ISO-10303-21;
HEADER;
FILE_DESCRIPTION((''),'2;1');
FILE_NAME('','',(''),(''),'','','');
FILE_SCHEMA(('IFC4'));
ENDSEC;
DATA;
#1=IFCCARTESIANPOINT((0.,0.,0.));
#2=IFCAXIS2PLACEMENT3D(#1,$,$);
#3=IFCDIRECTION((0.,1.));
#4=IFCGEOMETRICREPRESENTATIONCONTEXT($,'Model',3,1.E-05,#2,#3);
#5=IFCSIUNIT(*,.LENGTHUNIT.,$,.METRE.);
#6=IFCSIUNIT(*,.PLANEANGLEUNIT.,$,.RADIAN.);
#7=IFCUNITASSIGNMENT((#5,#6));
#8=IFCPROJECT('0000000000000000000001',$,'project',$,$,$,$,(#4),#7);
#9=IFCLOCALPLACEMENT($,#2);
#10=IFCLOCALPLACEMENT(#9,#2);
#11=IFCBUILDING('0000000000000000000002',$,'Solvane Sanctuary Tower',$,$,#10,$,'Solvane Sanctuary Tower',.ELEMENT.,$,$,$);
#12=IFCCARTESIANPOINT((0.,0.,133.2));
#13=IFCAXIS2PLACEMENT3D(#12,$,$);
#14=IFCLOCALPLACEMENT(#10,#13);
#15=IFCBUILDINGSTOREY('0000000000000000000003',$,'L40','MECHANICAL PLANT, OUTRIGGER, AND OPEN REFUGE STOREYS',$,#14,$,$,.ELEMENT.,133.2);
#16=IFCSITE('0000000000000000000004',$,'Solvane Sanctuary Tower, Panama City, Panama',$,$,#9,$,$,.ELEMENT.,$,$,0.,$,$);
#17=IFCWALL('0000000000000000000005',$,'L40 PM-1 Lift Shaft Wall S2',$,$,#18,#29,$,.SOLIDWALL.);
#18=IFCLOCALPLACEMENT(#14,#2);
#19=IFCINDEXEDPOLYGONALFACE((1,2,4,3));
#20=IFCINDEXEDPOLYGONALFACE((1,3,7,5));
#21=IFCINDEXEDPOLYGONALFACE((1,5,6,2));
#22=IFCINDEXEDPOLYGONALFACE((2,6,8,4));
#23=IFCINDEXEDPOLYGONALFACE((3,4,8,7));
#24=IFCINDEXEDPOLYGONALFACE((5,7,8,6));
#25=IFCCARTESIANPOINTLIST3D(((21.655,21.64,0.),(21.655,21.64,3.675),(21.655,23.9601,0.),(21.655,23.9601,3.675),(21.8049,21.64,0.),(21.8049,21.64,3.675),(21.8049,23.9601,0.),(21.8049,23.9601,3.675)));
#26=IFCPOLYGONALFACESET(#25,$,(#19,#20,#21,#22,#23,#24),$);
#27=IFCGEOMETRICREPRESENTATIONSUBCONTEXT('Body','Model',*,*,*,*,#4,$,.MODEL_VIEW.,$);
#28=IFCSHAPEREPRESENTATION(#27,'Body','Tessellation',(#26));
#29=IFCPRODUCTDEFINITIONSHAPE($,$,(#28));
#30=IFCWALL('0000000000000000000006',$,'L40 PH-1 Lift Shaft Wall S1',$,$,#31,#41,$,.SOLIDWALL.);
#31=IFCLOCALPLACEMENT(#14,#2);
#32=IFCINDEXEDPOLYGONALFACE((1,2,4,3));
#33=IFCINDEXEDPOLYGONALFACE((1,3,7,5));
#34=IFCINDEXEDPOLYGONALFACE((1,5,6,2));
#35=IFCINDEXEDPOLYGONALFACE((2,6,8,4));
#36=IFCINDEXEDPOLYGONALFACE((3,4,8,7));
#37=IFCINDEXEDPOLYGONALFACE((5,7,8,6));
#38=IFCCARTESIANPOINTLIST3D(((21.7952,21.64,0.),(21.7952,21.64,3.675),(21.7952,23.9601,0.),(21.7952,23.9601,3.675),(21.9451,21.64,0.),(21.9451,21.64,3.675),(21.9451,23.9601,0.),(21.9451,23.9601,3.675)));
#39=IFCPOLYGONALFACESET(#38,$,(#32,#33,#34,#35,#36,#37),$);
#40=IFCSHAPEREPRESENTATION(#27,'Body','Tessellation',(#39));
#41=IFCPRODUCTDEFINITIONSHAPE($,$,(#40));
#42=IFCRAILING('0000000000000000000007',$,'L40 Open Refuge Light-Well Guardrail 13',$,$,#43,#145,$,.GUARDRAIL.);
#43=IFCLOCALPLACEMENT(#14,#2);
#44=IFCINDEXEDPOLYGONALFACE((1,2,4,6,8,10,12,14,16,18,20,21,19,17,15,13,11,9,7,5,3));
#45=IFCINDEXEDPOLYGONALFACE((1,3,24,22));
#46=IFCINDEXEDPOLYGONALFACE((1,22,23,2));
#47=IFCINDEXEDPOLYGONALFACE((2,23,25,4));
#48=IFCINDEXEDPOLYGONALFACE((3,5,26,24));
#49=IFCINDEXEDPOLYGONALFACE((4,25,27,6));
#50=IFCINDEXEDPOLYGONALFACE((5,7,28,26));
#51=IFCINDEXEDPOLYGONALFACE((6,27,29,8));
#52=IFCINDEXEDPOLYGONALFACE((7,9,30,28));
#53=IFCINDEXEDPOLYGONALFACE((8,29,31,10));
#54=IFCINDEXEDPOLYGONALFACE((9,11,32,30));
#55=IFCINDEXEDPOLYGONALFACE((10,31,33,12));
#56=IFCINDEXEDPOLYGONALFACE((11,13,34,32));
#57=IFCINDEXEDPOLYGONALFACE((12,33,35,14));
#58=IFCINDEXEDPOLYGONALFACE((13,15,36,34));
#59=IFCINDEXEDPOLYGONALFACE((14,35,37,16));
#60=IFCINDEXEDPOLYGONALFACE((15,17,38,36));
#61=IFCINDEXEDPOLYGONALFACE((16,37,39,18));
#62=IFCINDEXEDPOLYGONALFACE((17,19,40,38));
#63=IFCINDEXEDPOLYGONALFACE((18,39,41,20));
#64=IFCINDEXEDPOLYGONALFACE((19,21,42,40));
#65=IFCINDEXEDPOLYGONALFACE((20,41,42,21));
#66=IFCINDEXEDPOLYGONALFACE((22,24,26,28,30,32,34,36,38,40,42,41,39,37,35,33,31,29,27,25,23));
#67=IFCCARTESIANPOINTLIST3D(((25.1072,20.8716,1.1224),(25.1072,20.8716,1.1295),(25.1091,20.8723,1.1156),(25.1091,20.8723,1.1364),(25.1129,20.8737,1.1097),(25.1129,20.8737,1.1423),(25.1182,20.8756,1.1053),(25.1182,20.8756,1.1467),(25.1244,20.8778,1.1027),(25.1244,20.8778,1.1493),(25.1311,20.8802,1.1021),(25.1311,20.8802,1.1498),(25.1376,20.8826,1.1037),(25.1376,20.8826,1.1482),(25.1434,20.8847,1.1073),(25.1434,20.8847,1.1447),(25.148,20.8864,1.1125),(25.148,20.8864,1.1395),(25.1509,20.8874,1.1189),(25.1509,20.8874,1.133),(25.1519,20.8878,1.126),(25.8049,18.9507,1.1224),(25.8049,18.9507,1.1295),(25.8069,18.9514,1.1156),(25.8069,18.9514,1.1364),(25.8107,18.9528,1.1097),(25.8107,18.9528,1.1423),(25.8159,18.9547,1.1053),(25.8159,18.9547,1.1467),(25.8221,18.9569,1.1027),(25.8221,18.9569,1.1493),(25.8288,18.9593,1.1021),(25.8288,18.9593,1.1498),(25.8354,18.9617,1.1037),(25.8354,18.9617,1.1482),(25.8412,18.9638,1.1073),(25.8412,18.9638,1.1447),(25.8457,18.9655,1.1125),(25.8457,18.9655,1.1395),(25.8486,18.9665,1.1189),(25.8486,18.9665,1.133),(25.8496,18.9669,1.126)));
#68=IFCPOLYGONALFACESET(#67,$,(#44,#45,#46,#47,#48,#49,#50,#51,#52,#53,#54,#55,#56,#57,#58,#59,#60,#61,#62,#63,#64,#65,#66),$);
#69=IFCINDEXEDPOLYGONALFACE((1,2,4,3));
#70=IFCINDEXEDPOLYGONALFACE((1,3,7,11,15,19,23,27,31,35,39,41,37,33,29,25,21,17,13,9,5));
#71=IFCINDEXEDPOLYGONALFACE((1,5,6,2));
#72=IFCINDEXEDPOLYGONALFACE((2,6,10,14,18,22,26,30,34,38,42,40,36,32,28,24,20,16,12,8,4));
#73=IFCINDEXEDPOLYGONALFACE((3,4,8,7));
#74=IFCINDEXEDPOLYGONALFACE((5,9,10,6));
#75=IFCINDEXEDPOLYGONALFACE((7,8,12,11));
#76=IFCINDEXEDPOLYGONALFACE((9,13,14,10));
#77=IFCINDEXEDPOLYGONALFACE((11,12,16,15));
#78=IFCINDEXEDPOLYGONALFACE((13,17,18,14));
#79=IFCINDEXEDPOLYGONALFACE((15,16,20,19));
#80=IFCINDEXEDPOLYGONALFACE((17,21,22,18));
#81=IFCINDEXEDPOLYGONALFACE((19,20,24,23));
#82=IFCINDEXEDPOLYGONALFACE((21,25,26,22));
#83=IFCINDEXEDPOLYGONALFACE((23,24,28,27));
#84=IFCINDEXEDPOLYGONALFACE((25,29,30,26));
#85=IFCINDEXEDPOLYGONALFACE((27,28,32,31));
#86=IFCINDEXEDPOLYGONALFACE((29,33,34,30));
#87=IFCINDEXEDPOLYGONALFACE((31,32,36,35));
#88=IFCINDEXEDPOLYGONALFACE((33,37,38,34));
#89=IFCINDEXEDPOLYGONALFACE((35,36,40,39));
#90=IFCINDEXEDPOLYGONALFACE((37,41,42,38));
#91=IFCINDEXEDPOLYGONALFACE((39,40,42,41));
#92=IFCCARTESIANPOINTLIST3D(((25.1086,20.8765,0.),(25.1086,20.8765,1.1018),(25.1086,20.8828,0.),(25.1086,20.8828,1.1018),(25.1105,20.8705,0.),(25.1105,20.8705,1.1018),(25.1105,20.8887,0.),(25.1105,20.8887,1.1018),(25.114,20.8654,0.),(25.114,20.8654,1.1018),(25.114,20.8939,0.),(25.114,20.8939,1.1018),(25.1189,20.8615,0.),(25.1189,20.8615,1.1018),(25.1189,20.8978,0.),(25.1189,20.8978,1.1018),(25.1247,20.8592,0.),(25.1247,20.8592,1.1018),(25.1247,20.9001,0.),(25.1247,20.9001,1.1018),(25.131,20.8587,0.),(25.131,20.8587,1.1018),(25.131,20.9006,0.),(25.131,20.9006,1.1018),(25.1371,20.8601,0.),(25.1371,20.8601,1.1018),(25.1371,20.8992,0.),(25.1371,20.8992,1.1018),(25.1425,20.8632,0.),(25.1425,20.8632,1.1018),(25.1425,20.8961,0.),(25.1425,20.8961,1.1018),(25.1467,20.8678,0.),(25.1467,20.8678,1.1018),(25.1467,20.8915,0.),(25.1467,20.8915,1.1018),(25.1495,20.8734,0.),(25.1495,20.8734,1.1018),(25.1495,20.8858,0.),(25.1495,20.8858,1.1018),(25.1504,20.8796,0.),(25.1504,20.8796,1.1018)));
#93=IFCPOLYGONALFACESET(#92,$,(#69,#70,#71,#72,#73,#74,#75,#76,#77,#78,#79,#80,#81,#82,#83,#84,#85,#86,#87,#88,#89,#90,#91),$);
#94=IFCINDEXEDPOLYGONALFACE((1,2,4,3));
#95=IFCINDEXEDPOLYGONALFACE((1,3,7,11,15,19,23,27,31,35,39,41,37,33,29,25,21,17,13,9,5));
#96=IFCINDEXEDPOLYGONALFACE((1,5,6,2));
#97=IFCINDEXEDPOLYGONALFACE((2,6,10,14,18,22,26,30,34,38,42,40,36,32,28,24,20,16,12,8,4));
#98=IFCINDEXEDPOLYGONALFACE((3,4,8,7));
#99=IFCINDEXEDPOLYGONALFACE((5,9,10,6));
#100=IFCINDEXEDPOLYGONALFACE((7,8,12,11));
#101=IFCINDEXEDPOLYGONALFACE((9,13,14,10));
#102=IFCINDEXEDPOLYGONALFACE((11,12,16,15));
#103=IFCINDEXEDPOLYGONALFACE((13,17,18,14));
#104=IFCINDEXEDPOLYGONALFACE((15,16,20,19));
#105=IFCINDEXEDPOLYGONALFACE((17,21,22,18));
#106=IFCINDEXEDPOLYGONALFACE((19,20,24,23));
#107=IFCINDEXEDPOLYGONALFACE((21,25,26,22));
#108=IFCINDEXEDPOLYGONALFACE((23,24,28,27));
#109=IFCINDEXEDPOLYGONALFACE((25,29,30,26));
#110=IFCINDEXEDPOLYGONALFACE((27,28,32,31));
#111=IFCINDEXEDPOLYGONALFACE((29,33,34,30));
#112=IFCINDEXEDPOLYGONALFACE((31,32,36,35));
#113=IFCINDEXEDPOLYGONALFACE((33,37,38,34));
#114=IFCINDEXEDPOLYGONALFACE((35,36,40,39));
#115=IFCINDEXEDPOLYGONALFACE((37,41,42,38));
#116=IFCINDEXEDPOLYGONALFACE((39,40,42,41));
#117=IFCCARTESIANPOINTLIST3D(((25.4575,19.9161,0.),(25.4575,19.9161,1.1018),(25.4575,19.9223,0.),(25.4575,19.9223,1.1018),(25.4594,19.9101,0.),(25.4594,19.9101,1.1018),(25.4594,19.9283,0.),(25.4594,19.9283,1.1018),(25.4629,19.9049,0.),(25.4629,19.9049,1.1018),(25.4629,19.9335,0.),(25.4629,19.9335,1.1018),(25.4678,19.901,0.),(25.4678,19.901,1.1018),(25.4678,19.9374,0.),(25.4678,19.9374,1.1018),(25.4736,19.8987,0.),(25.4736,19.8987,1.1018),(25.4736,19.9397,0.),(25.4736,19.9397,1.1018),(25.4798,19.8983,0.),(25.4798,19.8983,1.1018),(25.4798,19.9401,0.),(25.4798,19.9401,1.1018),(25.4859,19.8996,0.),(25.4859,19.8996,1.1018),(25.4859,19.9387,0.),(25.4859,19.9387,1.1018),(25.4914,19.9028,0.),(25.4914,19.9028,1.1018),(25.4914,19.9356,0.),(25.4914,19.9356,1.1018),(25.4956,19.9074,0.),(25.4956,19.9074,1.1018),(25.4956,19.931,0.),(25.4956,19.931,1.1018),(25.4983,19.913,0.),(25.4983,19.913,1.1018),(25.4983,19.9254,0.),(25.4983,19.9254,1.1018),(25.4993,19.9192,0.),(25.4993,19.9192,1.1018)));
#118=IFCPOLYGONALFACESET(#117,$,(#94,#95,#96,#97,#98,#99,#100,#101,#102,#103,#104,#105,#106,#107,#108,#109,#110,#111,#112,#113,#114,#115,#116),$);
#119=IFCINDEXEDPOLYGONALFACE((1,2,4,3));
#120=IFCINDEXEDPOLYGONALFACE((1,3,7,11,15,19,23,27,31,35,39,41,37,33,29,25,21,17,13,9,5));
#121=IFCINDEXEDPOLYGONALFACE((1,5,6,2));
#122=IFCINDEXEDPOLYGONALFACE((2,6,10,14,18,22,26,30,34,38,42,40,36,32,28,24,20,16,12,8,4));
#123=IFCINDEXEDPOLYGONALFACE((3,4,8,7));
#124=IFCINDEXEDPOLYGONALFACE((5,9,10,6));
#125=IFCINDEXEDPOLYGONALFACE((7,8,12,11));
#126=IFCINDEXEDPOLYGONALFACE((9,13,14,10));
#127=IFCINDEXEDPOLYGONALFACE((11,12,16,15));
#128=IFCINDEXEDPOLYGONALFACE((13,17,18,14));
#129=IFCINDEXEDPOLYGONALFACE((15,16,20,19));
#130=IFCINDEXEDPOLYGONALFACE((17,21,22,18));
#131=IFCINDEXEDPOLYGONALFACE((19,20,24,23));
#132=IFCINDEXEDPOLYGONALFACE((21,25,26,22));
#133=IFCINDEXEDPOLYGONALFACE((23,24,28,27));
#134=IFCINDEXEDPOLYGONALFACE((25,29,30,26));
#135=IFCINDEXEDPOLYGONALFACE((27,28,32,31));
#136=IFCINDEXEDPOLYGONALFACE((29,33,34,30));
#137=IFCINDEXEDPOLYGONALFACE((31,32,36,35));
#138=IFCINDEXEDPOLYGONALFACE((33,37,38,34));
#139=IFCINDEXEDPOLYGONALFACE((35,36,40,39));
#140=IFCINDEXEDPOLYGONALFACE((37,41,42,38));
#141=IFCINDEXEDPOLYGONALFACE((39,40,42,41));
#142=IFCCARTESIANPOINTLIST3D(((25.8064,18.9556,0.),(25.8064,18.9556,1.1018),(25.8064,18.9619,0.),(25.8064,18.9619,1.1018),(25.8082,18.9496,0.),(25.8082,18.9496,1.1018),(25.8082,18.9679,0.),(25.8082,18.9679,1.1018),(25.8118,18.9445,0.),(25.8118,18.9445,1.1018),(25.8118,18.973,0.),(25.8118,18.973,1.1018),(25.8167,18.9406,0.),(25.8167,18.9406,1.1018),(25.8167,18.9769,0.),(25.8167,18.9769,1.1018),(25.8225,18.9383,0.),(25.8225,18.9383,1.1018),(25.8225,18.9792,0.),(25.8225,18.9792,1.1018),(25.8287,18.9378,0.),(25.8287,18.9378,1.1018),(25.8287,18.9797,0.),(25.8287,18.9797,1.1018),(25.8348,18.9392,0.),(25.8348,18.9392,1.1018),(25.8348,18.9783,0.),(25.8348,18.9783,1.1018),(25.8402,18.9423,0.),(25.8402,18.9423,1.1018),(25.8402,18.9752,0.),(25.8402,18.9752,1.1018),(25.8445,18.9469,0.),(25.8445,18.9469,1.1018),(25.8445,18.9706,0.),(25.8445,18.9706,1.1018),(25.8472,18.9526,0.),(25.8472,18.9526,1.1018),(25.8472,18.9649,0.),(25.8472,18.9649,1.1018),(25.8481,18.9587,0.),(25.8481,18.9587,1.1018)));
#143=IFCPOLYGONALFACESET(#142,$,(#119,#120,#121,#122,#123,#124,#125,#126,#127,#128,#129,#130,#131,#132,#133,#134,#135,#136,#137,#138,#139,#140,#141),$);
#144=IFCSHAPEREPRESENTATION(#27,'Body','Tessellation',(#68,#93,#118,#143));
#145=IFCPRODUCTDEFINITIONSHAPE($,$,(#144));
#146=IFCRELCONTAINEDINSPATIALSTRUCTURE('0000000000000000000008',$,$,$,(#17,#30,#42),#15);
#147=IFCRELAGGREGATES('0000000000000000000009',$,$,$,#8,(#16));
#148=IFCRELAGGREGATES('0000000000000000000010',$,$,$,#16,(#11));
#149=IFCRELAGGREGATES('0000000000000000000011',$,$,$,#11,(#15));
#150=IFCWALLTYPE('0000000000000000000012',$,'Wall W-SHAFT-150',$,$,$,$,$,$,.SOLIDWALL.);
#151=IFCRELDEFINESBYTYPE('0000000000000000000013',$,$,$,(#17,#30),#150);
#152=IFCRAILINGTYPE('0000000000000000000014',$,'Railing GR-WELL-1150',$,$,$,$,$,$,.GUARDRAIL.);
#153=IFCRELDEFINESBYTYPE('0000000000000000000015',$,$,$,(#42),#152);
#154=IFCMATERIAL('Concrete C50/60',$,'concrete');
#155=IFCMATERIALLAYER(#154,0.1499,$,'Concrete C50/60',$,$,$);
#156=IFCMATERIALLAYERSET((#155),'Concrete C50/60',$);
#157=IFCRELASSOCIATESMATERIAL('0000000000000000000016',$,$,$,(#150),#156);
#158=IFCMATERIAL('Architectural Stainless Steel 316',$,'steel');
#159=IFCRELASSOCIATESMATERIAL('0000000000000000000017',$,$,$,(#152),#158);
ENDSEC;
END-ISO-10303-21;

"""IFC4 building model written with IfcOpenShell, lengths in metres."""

from ifc_helpers import new_model, si_unit, direction, frame, frame_2d, origin, origin_2d, place, context, subcontext, project, spatial, rectangle, circle, extrude, material, layer, layer_set, type_object, element, save


model = new_model("IFC4")

# Units and contexts
model_context = context("Model", 3, precision=1e-05, world=origin(), true_north=direction((0.0, 1.0)))
body_context = subcontext(model_context, "Body", "Model", "MODEL_VIEW")
ifc_project = project(units=[si_unit("LENGTHUNIT", "METRE"), si_unit("PLANEANGLEUNIT", "RADIAN")], contexts=[model_context])

# Site, building, storey
site_placement = place(None, origin())
site = spatial("IfcSite", under=ifc_project, at=site_placement, Name="Solvane Sanctuary Tower, Panama City, Panama", CompositionType="ELEMENT", RefElevation=0.0)
building_placement = place(site_placement, origin())
building = spatial("IfcBuilding", under=site, at=building_placement, Name="Solvane Sanctuary Tower", LongName="Solvane Sanctuary Tower", CompositionType="ELEMENT")
storey_placement = place(building_placement, frame((0.0, 0.0, 133.2)))
storey = spatial("IfcBuildingStorey", under=building, at=storey_placement, Name="L40", Description="MECHANICAL PLANT, OUTRIGGER, AND OPEN REFUGE STOREYS", CompositionType="ELEMENT", Elevation=133.2)

# Shared definitions
ifc_material_1 = material(Name="Concrete C50/60", Category="concrete")

# Shared definitions
ifc_material_2 = material(Name="Architectural Stainless Steel 316", Category="steel")

# Walls
ifc_layer_1 = layer(ifc_material_1, 0.1499, Name="Concrete C50/60")
ifc_layer_set_1 = layer_set([ifc_layer_1], Name="Concrete C50/60")
wall_type_1 = type_object("IfcWallType", Name="Wall W-SHAFT-150", PredefinedType="SOLIDWALL", material=ifc_layer_set_1)
for number, where, z_axis, x_axis, name in (
    (1, (21.73, 21.6399, 0.0), (0.0, 0.0, 1.0), (0.0, 1.0, 0.0), "L40 PM-1 Lift Shaft Wall S2"),
    (2, (21.8701, 21.6399, 0.0), (0.0, 0.0, 1.0), (0.0, 1.0, 0.0), "L40 PH-1 Lift Shaft Wall S1"),
):
    element("IfcWall", number, at=place(storey_placement, frame(where, z_axis=z_axis, x_axis=x_axis)), inside=storey, type_object=wall_type_1, Name=name, PredefinedType="SOLIDWALL", context=body_context, shape_type="SweptSolid", body=[
        extrude(rectangle(XDim=2.3201, YDim=0.1499, at=frame_2d((1.1602, 0.0))), origin(), (0.0, 0.0, 1.0), 3.675),
    ])

# Railing
railing_type_1 = type_object("IfcRailingType", Name="Railing GR-WELL-1150", PredefinedType="GUARDRAIL", material=ifc_material_2)
railing_1_placement = place(storey_placement, frame((25.1294, 20.8796, 0.0)))
element("IfcRailing", 3, at=railing_1_placement, inside=storey, type_object=railing_type_1, Name="L40 Open Refuge Light-Well Guardrail 13", PredefinedType="GUARDRAIL", context=body_context, shape_type="SweptSolid", body=[
    extrude(circle(Radius=0.0239, at=origin_2d()), frame((0.0, 0.0, 1.126), z_axis=(0.341417, -0.939912, 0.0), x_axis=(0.939912, 0.341417, 0.0)), (0.0, 0.0, 1.0), 2.0437),
    extrude(circle(Radius=0.021, at=origin_2d()), origin(), (0.0, 0.0, 1.0), 1.1018),
    extrude(circle(Radius=0.021, at=origin_2d()), frame((0.3489, -0.9604, 0.0)), (0.0, 0.0, 1.0), 1.1018),
    extrude(circle(Radius=0.021, at=origin_2d()), frame((0.6978, -1.9209, 0.0)), (0.0, 0.0, 1.0), 1.1018),
])

save(model, "model.ifc")
